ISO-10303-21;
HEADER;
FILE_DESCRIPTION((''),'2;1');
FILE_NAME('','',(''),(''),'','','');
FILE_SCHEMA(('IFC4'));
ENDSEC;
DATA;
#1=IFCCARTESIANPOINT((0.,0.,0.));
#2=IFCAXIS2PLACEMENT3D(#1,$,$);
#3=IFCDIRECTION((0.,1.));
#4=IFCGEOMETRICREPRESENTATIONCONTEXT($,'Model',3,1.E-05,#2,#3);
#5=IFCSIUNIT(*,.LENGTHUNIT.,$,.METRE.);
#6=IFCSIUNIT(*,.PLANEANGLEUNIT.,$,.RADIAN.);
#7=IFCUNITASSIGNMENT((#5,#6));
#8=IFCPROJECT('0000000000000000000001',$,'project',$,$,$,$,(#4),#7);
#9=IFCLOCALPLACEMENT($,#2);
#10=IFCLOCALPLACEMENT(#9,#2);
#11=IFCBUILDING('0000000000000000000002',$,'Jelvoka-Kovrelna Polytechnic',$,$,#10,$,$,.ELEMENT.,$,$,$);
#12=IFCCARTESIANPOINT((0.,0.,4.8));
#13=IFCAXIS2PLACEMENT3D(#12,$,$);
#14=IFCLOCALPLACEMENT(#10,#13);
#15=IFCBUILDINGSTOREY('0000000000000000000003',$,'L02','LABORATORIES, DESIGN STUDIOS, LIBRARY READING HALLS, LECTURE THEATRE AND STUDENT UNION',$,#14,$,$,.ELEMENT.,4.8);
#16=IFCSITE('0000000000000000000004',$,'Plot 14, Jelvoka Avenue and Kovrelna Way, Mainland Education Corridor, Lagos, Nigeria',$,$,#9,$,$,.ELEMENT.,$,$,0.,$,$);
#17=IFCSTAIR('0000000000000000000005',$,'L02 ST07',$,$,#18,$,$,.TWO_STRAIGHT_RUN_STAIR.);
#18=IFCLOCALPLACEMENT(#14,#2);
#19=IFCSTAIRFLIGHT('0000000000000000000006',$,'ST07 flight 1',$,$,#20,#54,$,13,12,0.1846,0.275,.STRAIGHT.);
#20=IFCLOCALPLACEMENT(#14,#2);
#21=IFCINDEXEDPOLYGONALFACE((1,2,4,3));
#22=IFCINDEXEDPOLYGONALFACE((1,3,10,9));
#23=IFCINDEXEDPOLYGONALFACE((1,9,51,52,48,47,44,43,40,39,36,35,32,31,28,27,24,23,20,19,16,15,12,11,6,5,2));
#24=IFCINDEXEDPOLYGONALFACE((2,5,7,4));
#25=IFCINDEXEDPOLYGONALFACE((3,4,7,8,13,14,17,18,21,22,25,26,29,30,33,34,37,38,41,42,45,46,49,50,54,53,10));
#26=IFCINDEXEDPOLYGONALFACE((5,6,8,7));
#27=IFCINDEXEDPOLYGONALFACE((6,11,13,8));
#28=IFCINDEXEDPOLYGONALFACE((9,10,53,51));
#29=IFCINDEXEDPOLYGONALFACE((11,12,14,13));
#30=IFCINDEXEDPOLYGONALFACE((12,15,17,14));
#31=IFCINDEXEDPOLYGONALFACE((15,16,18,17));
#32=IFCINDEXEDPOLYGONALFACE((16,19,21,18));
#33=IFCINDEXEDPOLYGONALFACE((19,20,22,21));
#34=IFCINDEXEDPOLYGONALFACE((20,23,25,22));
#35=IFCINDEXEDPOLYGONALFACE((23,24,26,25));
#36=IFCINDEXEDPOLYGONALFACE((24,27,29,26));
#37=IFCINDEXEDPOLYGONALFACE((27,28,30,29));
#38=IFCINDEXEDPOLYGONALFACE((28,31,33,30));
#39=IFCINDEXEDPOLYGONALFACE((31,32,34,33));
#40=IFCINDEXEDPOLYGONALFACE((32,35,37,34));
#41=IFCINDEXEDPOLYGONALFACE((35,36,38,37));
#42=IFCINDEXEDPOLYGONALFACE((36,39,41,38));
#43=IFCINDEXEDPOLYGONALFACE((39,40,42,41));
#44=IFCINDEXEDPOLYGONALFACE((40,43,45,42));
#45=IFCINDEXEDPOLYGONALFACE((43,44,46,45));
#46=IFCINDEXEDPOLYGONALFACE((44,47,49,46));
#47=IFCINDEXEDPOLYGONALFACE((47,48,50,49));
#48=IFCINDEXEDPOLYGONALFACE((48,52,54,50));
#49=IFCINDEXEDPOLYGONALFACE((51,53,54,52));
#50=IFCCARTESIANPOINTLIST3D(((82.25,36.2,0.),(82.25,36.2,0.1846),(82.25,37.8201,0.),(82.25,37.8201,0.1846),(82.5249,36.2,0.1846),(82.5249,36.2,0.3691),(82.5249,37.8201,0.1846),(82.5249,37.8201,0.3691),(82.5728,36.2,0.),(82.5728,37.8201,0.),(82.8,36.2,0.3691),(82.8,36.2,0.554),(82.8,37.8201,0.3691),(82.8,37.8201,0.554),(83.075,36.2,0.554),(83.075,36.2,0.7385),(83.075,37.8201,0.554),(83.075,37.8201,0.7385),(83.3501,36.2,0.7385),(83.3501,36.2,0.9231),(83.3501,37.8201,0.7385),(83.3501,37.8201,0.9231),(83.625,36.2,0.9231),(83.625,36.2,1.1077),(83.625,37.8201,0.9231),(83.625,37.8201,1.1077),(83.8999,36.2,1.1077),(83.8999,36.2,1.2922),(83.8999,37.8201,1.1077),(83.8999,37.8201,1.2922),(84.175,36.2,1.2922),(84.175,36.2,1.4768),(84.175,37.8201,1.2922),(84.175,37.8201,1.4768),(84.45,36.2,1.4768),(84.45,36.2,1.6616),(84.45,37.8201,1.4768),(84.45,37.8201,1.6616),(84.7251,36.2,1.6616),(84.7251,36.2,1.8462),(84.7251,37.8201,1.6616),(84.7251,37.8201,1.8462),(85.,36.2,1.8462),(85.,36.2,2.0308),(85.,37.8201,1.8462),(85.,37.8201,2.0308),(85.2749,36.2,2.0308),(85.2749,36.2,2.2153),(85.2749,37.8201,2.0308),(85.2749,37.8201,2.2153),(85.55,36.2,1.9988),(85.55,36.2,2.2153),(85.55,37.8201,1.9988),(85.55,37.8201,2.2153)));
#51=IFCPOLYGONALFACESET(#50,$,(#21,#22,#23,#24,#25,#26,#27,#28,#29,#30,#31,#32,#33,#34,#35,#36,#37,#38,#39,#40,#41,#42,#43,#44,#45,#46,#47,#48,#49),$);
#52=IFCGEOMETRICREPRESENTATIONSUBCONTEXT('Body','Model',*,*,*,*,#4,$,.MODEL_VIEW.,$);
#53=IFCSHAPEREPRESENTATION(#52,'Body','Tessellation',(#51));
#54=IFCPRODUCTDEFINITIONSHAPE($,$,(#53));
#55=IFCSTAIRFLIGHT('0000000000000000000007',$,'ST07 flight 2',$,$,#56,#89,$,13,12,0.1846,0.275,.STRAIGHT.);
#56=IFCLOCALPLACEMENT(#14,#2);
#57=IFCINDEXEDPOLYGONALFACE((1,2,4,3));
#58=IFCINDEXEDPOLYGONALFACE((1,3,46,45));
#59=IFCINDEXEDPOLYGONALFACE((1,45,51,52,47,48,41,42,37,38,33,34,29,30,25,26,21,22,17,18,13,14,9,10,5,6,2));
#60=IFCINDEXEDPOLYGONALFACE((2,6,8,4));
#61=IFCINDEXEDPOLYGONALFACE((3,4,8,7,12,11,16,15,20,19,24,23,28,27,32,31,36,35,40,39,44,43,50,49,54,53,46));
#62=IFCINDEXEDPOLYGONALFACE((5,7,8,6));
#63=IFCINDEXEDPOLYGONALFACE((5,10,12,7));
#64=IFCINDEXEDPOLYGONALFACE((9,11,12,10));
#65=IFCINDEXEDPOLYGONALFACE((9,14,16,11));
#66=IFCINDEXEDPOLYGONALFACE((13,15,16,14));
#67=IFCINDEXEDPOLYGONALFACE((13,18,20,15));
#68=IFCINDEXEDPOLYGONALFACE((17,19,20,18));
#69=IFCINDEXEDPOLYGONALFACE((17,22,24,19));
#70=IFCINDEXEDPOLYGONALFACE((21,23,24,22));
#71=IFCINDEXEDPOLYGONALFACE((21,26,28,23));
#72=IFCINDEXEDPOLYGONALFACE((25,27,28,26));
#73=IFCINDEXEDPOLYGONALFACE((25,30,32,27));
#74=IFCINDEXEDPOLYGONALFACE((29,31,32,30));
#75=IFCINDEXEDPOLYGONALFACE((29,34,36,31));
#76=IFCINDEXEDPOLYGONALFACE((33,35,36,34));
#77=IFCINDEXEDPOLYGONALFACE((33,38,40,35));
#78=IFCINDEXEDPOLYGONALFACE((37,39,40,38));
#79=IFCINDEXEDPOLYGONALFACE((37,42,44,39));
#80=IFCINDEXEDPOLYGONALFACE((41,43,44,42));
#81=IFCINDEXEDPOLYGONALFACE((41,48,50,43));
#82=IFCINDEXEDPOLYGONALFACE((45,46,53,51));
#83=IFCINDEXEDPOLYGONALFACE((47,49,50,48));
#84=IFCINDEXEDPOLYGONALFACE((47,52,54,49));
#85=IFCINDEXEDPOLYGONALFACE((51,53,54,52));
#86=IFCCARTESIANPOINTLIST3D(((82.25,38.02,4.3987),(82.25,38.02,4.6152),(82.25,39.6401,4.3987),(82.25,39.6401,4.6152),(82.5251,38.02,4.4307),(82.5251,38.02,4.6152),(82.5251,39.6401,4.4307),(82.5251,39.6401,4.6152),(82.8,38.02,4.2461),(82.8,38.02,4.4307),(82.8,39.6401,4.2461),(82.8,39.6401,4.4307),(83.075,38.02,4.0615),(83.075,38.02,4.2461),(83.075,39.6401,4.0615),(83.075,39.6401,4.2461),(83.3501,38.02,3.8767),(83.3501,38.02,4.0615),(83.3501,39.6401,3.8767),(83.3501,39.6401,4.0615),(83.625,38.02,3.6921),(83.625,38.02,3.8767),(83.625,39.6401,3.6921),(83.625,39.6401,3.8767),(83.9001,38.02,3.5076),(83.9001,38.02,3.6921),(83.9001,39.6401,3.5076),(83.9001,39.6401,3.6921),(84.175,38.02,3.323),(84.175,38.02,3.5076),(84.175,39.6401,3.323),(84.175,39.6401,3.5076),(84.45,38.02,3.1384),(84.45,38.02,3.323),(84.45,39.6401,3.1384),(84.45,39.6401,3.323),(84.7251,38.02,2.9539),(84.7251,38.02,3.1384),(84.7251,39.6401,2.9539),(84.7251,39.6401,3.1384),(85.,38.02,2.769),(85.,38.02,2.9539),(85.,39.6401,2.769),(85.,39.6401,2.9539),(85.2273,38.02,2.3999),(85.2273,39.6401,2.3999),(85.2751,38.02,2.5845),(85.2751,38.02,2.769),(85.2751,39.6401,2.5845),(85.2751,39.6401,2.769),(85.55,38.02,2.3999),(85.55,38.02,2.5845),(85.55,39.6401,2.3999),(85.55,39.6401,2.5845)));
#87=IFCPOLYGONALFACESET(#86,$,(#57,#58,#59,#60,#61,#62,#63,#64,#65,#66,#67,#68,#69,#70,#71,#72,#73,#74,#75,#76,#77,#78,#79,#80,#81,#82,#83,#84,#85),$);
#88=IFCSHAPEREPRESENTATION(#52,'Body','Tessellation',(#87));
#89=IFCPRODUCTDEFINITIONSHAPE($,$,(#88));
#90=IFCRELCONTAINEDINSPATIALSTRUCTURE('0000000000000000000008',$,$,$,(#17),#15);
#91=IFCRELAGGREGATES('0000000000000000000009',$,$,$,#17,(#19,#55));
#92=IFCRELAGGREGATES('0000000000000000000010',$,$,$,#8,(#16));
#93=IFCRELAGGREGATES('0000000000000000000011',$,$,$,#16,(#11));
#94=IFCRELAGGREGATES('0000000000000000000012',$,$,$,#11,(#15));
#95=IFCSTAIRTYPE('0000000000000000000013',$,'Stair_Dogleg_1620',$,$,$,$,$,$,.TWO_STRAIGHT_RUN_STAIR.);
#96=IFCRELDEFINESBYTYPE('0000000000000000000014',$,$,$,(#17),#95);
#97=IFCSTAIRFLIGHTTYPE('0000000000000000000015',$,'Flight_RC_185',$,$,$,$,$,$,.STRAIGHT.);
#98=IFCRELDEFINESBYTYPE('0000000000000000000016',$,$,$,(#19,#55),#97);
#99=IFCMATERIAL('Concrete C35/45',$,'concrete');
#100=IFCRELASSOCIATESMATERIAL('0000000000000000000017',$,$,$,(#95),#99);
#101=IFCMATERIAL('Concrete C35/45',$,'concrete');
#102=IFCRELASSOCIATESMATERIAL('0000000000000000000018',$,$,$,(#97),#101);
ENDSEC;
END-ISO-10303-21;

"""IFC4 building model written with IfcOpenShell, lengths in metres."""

from ifc_helpers import new_model, si_unit, direction, frame, origin, place, context, subcontext, project, spatial, polyline, outline, extrude, material, type_object, element, aggregate, save


model = new_model("IFC4")

# Units and contexts
model_context = context("Model", 3, precision=1e-05, world=origin(), true_north=direction((0.0, 1.0)))
body_context = subcontext(model_context, "Body", "Model", "MODEL_VIEW")
ifc_project = project(units=[si_unit("LENGTHUNIT", "METRE"), si_unit("PLANEANGLEUNIT", "RADIAN")], contexts=[model_context])

# Site, building, storey
site_placement = place(None, origin())
site = spatial("IfcSite", under=ifc_project, at=site_placement, Name="Plot 14, Jelvoka Avenue and Kovrelna Way, Mainland Education Corridor, Lagos, Nigeria", CompositionType="ELEMENT", RefElevation=0.0)
building_placement = place(site_placement, origin())
building = spatial("IfcBuilding", under=site, at=building_placement, Name="Jelvoka-Kovrelna Polytechnic", CompositionType="ELEMENT")
storey_placement = place(building_placement, frame((0.0, 0.0, 4.8)))
storey = spatial("IfcBuildingStorey", under=building, at=storey_placement, Name="L02", Description="LABORATORIES, DESIGN STUDIOS, LIBRARY READING HALLS, LECTURE THEATRE AND STUDENT UNION", CompositionType="ELEMENT", Elevation=4.8)

# Stair, stair flights
ifc_material_1 = material(Name="Concrete C35/45", Category="concrete")
stair_type = type_object("IfcStairType", Name="Stair_Dogleg_1620", PredefinedType="TWO_STRAIGHT_RUN_STAIR", material=ifc_material_1)
stair_placement = place(storey_placement, origin())
stair = element("IfcStair", 1, at=stair_placement, inside=storey, type_object=stair_type, Name="L02 ST07", PredefinedType="TWO_STRAIGHT_RUN_STAIR")
ifc_material_2 = material(Name="Concrete C35/45", Category="concrete")
stair_flight_type = type_object("IfcStairFlightType", Name="Flight_RC_185", PredefinedType="STRAIGHT", material=ifc_material_2)
stair_flight_1_placement = place(storey_placement, frame((82.25, 37.01, 0.0), z_axis=(0.0, 0.0, 1.0), x_axis=(1.0, 0.0, 0.0)))
stair_flight_1 = element("IfcStairFlight", 2, at=stair_flight_1_placement, type_object=stair_flight_type, Name="ST07 flight 1", NumberOfRisers=13, NumberOfTreads=12, PredefinedType="STRAIGHT", RiserHeight=0.1846, TreadLength=0.275, context=body_context, shape_type="SweptSolid", body=[
    extrude(outline(polyline([(0.0, 0.0), (0.0, 0.1846), (0.2749, 0.1846), (0.2749, 0.3691), (0.55, 0.3691), (0.55, 0.554), (0.825, 0.554), (0.825, 0.7385), (1.1001, 0.7385), (1.1001, 0.9231), (1.375, 0.9231), (1.375, 1.1077), (1.6499, 1.1077), (1.6499, 1.2922), (1.925, 1.2922), (1.925, 1.4768), (2.2, 1.4768), (2.2, 1.6616), (2.4751, 1.6616), (2.4751, 1.8462), (2.75, 1.8462), (2.75, 2.0308), (3.0249, 2.0308), (3.0249, 2.2153), (3.3, 2.2153), (3.3, 2.3999), (3.3, 1.9988), (0.3228, 0.0), (0.0, 0.0)])), frame((0.0, 0.8101, 0.0), z_axis=(0.0, -1.0, 0.0), x_axis=(1.0, 0.0, 0.0)), (0.0, 0.0, 1.0), 1.6201),
])
stair_flight_2_placement = place(storey_placement, frame((85.55, 38.8301, 2.3999), z_axis=(0.0, 0.0, 1.0), x_axis=(-1.0, 0.0, 0.0)))
stair_flight_2 = element("IfcStairFlight", 3, at=stair_flight_2_placement, type_object=stair_flight_type, Name="ST07 flight 2", NumberOfRisers=13, NumberOfTreads=12, PredefinedType="STRAIGHT", RiserHeight=0.1846, TreadLength=0.275, context=body_context, shape_type="SweptSolid", body=[
    extrude(outline(polyline([(0.0, 0.0), (0.0, 0.1846), (0.2749, 0.1846), (0.2749, 0.3691), (0.55, 0.3691), (0.55, 0.554), (0.825, 0.554), (0.825, 0.7385), (1.1001, 0.7385), (1.1001, 0.9231), (1.375, 0.9231), (1.375, 1.1077), (1.6499, 1.1077), (1.6499, 1.2922), (1.925, 1.2922), (1.925, 1.4768), (2.2, 1.4768), (2.2, 1.6616), (2.4751, 1.6616), (2.4751, 1.8462), (2.75, 1.8462), (2.75, 2.0308), (3.0249, 2.0308), (3.0249, 2.2153), (3.3, 2.2153), (3.3, 2.3999), (3.3, 1.9988), (0.3228, 0.0), (0.0, 0.0)])), frame((0.0, 0.8101, 0.0), z_axis=(0.0, -1.0, 0.0), x_axis=(1.0, 0.0, 0.0)), (0.0, 0.0, 1.0), 1.6201),
])
aggregate(stair, [stair_flight_1, stair_flight_2])

save(model, "model.ifc")
